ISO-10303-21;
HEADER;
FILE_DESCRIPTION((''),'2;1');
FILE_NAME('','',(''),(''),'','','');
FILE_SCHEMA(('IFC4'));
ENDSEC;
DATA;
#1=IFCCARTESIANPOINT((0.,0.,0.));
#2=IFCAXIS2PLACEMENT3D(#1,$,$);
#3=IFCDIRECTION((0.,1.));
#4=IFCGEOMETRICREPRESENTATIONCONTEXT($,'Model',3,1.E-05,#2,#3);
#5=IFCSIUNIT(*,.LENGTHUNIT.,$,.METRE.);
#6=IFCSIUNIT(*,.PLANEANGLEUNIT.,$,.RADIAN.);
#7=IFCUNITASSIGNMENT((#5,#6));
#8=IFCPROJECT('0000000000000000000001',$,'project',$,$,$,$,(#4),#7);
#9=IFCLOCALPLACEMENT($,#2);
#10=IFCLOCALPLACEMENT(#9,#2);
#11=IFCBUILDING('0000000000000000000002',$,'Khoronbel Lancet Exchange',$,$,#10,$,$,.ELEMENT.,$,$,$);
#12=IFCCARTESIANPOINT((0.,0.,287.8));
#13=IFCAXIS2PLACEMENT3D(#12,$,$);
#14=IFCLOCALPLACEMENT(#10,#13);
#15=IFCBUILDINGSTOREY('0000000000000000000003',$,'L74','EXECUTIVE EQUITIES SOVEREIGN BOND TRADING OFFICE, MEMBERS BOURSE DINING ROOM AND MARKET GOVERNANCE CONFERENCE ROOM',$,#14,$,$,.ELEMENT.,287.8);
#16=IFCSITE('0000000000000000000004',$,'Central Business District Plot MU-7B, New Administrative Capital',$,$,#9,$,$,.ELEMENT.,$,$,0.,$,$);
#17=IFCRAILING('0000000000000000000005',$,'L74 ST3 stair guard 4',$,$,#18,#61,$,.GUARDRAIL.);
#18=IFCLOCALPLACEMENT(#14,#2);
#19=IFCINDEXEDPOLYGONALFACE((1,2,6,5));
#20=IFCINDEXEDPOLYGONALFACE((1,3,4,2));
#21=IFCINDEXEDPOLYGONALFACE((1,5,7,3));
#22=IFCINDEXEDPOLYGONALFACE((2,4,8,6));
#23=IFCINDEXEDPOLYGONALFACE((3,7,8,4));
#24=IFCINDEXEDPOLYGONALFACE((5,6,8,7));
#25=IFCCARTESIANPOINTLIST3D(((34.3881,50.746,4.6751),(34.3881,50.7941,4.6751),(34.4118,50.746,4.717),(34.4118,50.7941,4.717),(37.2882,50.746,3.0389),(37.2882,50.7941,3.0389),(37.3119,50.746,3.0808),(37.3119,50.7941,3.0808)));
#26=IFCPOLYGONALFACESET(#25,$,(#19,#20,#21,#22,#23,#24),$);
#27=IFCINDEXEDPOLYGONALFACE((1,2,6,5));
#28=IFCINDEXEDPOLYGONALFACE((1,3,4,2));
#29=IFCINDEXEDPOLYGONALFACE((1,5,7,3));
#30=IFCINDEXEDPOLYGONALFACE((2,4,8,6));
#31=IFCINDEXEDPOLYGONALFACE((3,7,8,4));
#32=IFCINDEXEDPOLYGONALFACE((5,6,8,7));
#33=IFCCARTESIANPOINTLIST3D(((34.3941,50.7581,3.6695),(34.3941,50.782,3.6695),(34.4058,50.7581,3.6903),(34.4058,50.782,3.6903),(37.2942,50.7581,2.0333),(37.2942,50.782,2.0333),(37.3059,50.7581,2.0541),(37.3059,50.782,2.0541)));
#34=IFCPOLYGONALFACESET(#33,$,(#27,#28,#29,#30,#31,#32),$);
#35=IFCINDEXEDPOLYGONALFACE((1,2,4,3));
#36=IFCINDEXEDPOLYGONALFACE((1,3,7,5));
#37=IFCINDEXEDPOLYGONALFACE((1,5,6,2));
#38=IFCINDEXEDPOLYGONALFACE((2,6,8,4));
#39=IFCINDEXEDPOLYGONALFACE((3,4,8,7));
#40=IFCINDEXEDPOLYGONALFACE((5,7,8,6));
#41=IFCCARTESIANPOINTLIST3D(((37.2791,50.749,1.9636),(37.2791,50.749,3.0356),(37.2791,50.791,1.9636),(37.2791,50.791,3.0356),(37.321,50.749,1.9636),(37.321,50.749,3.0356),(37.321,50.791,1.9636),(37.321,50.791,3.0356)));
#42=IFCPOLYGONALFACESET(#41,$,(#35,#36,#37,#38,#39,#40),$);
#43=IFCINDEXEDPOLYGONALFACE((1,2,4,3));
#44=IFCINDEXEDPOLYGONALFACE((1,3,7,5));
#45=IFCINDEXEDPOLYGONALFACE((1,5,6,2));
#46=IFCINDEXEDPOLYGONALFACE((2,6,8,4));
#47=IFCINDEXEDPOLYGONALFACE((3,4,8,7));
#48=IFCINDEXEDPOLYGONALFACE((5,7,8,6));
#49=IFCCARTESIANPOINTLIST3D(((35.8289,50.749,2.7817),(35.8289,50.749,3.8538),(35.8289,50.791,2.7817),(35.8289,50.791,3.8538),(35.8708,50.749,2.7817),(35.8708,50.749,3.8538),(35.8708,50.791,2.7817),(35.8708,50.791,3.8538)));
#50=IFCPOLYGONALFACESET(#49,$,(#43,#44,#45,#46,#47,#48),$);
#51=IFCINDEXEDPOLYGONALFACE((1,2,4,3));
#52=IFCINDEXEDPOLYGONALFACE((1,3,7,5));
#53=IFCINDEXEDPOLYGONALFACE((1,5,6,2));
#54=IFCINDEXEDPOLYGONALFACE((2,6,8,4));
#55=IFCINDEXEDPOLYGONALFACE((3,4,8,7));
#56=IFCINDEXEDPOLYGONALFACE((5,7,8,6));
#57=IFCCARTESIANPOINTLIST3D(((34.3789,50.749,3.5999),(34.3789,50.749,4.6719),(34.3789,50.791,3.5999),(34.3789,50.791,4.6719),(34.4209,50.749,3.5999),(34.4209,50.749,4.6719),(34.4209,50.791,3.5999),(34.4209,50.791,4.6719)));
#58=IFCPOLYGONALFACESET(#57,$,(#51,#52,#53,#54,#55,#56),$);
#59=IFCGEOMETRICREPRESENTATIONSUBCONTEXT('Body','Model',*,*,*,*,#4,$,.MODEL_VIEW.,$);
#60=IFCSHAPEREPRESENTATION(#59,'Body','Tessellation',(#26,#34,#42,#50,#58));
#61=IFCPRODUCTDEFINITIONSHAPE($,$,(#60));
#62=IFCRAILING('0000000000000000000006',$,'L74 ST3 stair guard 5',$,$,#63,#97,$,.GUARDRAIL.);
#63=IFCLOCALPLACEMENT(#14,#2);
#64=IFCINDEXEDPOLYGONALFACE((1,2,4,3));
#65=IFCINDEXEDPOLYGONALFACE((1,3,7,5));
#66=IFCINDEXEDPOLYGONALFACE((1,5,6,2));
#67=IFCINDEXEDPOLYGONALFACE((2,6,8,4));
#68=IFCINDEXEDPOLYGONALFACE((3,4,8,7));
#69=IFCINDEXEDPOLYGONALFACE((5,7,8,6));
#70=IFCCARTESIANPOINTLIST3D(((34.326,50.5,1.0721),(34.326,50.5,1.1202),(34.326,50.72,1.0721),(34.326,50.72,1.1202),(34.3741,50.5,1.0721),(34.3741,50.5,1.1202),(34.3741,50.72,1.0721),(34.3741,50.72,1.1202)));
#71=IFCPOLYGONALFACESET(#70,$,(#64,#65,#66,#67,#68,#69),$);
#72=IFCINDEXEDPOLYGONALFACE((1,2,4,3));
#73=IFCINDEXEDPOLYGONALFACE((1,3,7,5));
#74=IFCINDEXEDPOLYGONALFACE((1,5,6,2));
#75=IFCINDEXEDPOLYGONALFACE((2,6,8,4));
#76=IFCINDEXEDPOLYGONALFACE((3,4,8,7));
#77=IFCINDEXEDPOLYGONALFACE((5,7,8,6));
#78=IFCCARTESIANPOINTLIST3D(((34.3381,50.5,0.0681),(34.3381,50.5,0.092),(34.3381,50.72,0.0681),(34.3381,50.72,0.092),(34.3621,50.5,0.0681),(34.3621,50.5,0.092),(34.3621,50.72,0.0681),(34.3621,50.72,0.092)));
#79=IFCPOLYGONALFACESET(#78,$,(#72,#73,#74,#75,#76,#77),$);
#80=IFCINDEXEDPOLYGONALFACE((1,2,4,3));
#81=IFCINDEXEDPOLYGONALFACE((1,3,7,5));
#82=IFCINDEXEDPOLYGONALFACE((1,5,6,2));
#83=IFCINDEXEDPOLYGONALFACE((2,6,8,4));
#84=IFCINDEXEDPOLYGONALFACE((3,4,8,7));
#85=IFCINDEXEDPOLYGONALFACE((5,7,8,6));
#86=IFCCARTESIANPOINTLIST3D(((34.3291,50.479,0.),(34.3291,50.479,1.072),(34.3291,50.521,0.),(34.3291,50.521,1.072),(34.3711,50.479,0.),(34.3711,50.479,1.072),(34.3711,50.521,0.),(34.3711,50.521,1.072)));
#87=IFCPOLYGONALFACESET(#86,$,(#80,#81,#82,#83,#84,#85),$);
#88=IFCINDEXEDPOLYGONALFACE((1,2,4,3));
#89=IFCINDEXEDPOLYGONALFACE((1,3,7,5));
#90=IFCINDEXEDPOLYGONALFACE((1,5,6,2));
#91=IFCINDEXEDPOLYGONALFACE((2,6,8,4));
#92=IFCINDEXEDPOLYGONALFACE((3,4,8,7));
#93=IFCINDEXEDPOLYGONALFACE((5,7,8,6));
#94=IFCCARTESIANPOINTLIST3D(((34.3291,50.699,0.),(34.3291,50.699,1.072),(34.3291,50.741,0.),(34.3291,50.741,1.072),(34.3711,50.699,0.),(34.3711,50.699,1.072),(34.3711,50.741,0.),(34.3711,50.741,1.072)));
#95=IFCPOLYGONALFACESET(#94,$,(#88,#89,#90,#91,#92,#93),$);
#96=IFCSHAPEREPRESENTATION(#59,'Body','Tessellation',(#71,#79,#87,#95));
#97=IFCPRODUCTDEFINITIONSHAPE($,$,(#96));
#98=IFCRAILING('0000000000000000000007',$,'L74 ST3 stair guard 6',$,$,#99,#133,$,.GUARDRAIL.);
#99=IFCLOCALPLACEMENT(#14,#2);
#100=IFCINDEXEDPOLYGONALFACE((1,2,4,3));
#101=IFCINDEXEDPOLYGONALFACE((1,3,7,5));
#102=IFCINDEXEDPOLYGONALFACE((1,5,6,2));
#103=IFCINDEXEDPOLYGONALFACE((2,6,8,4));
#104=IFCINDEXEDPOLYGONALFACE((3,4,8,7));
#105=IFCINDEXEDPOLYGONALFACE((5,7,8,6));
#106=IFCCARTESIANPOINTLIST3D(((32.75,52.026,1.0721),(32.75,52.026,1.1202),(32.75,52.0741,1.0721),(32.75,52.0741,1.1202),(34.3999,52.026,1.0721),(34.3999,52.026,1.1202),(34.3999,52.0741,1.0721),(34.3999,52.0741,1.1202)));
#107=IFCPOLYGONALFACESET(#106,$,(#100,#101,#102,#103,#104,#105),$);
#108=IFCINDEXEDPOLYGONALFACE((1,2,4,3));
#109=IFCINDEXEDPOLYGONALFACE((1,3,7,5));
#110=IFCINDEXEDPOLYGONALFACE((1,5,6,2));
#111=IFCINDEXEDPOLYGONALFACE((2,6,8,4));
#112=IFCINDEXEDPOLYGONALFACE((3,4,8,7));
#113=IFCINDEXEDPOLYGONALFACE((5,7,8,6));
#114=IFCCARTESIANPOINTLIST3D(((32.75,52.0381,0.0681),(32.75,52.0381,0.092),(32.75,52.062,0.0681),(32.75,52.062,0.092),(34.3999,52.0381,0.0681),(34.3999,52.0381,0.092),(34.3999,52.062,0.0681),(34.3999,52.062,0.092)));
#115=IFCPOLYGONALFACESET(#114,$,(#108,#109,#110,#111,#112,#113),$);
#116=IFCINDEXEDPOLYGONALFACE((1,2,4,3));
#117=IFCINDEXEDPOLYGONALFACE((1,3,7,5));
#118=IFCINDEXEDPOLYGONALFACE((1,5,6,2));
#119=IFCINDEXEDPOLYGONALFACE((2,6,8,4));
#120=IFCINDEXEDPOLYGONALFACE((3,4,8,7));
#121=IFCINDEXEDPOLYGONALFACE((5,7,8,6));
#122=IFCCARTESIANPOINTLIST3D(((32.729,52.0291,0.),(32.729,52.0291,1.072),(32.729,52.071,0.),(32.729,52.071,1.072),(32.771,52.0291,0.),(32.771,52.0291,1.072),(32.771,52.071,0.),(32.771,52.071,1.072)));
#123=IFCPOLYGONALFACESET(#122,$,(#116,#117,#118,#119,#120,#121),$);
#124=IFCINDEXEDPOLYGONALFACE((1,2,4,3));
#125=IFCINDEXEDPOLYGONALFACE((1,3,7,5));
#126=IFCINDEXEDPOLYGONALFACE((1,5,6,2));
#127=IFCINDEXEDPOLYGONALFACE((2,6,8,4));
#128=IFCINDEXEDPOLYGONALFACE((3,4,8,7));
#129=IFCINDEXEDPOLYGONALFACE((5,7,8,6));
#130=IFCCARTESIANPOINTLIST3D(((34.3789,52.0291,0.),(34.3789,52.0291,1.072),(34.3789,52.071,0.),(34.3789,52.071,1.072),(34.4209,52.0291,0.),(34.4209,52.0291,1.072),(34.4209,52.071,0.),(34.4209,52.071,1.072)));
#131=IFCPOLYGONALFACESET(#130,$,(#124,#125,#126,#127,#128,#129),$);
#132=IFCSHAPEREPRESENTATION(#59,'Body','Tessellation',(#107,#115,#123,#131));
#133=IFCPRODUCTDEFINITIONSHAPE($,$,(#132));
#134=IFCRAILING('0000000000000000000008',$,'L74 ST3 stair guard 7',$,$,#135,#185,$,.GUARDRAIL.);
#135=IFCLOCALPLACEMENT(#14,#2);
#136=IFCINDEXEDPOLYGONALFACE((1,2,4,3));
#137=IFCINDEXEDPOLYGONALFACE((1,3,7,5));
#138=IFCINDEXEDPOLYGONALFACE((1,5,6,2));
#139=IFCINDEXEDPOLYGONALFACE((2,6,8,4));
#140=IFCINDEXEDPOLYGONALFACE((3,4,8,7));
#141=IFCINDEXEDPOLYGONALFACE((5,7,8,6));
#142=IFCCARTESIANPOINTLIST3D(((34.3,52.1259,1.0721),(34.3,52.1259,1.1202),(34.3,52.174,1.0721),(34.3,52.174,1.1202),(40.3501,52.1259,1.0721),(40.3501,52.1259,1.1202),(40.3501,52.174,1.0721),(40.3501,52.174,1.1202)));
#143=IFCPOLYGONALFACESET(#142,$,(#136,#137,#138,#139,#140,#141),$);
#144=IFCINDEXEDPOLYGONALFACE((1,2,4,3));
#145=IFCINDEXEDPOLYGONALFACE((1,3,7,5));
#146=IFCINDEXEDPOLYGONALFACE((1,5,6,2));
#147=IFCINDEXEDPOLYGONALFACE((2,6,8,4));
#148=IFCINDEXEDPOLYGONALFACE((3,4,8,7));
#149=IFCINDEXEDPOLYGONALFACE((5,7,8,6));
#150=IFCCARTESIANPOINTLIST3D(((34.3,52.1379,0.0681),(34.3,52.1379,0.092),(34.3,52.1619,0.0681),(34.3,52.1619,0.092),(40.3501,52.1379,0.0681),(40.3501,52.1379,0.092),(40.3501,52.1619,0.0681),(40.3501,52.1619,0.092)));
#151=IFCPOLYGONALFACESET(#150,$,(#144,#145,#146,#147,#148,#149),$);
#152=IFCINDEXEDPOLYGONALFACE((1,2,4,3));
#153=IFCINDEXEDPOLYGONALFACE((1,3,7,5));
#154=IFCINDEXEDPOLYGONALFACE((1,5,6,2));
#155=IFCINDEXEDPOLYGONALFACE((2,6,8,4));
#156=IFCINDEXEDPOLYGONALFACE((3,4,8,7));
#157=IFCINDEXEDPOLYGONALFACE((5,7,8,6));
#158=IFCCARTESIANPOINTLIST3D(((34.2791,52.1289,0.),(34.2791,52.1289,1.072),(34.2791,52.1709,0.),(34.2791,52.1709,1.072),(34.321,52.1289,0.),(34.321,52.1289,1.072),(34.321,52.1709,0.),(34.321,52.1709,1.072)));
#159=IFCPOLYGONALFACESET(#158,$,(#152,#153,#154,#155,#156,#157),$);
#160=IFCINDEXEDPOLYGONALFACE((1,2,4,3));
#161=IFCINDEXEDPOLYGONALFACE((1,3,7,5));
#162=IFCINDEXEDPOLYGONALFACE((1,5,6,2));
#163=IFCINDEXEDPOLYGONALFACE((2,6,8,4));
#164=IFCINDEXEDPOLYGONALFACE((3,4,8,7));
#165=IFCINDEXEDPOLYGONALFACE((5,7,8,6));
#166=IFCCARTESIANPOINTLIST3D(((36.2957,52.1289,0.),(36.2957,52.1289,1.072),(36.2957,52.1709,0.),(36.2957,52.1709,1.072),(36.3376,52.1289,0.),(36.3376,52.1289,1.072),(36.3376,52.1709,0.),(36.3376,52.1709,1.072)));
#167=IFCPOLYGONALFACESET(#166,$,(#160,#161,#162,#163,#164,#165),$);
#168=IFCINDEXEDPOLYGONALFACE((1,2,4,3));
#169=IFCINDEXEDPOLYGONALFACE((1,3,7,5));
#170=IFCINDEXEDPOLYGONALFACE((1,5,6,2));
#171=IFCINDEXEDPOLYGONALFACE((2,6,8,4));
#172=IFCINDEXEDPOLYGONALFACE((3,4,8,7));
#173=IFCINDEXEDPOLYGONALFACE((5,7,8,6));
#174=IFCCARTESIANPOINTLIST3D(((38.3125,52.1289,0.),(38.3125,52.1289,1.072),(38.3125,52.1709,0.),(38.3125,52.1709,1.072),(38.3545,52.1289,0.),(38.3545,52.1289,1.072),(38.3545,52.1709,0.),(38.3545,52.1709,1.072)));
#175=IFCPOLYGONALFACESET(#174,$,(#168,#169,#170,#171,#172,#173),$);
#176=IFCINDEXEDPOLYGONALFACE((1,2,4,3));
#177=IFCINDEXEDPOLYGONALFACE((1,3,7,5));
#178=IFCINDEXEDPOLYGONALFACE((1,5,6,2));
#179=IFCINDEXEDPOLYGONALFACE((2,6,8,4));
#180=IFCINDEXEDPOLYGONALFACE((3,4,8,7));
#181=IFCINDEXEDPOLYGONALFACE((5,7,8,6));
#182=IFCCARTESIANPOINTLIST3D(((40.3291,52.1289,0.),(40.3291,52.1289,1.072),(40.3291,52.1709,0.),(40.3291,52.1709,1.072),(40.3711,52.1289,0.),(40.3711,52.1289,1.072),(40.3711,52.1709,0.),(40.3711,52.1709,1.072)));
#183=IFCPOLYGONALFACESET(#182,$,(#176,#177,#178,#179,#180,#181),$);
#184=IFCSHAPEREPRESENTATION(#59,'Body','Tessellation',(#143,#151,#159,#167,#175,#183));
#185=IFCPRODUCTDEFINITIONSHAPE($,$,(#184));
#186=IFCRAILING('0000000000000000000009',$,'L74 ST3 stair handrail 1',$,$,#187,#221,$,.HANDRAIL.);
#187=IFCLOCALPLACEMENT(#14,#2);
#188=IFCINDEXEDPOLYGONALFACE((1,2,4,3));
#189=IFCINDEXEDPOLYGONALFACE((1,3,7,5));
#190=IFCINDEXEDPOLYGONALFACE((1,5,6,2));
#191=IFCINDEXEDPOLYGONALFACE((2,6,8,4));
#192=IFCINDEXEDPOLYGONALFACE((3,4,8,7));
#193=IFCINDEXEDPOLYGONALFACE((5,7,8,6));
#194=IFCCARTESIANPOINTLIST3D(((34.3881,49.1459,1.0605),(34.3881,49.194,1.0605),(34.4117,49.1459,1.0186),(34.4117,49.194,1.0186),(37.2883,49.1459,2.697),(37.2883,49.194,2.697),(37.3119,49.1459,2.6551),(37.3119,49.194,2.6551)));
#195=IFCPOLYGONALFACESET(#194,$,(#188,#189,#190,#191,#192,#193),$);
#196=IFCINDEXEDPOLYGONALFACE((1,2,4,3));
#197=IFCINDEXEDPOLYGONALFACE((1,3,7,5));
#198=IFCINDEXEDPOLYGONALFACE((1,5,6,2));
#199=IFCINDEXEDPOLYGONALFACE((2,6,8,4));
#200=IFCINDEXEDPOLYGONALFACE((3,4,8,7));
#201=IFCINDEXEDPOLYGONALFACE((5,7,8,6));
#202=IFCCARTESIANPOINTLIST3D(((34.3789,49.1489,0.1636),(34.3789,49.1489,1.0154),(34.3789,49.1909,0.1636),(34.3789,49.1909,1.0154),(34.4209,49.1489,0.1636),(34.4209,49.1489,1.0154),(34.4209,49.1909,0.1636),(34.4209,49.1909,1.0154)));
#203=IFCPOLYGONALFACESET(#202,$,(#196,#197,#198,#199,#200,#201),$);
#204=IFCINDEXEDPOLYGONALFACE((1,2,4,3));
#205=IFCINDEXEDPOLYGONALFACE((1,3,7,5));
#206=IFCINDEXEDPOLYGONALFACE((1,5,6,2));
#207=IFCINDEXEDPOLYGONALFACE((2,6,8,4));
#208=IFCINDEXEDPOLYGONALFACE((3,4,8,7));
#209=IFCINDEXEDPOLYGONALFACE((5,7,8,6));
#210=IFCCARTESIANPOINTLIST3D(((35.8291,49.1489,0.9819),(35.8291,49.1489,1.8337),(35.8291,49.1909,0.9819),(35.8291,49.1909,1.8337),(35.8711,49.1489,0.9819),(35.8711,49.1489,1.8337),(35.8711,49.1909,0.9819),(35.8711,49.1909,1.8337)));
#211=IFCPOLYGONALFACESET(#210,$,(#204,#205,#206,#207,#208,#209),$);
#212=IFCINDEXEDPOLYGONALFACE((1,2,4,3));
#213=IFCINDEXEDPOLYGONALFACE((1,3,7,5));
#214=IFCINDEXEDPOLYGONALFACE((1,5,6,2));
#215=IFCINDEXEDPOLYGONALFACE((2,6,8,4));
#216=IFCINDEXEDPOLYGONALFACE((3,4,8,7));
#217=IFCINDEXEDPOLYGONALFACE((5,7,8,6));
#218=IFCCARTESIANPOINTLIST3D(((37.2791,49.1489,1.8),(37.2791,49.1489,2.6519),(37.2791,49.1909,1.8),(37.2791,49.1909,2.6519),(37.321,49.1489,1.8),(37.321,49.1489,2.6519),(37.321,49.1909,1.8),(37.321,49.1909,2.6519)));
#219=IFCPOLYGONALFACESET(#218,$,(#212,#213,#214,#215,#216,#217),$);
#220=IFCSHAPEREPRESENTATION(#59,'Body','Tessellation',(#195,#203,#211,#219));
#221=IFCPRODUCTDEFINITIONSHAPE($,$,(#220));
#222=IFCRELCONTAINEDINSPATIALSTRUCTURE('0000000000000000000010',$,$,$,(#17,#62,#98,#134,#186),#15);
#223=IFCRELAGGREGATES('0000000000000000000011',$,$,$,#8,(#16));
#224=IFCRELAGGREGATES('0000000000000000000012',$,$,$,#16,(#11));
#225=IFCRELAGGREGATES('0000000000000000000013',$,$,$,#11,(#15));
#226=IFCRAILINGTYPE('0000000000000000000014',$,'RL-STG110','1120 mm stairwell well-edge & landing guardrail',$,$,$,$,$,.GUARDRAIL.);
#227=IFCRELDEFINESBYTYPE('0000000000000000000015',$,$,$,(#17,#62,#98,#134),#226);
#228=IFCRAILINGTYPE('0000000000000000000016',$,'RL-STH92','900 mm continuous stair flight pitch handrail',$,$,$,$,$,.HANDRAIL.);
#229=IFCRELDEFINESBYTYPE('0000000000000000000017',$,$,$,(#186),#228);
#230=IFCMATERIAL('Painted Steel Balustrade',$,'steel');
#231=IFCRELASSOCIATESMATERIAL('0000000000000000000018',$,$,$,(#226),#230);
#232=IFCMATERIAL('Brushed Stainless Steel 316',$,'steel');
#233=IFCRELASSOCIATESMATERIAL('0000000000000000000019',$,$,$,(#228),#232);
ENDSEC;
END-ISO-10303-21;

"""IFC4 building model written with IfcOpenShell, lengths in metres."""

from ifc_helpers import new_model, si_unit, direction, frame, origin, origin_2d, place, context, subcontext, project, spatial, rectangle, extrude, material, type_object, element, save


model = new_model("IFC4")

# Units and contexts
model_context = context("Model", 3, precision=1e-05, world=origin(), true_north=direction((0.0, 1.0)))
body_context = subcontext(model_context, "Body", "Model", "MODEL_VIEW")
ifc_project = project(units=[si_unit("LENGTHUNIT", "METRE"), si_unit("PLANEANGLEUNIT", "RADIAN")], contexts=[model_context])

# Site, building, storey
site_placement = place(None, origin())
site = spatial("IfcSite", under=ifc_project, at=site_placement, Name="Central Business District Plot MU-7B, New Administrative Capital", CompositionType="ELEMENT", RefElevation=0.0)
building_placement = place(site_placement, origin())
building = spatial("IfcBuilding", under=site, at=building_placement, Name="Khoronbel Lancet Exchange", CompositionType="ELEMENT")
storey_placement = place(building_placement, frame((0.0, 0.0, 287.8)))
storey = spatial("IfcBuildingStorey", under=building, at=storey_placement, Name="L74", Description="EXECUTIVE EQUITIES SOVEREIGN BOND TRADING OFFICE, MEMBERS BOURSE DINING ROOM AND MARKET GOVERNANCE CONFERENCE ROOM", CompositionType="ELEMENT", Elevation=287.8)

# Railings
ifc_material_1 = material(Name="Painted Steel Balustrade", Category="steel")
railing_type_1 = type_object("IfcRailingType", Name="RL-STG110", Description="1120 mm stairwell well-edge & landing guardrail", PredefinedType="GUARDRAIL", material=ifc_material_1)
railing_1_placement = place(storey_placement, frame((37.3, 50.77, 1.9636)))
element("IfcRailing", 1, at=railing_1_placement, inside=storey, type_object=railing_type_1, Name="L74 ST3 stair guard 4", PredefinedType="GUARDRAIL", context=body_context, shape_type="SweptSolid", body=[
    extrude(rectangle(XDim=0.0481, YDim=0.0481, at=origin_2d()), frame((0.0, 0.0, 1.0962), z_axis=(-0.870946, 0.0, 0.491378), x_axis=(0.0, -1.0, 0.0)), (0.0, 0.0, 1.0), 3.3298),
    extrude(rectangle(XDim=0.0239, YDim=0.0239, at=origin_2d()), frame((0.0, 0.0, 0.0801), z_axis=(-0.870946, 0.0, 0.491378), x_axis=(0.0, -1.0, 0.0)), (0.0, 0.0, 1.0), 3.3298),
    extrude(rectangle(XDim=0.042, YDim=0.042, at=origin_2d()), origin(), (0.0, 0.0, 1.0), 1.072),
    extrude(rectangle(XDim=0.042, YDim=0.042, at=origin_2d()), frame((-1.4502, 0.0, 0.8181)), (0.0, 0.0, 1.0), 1.072),
    extrude(rectangle(XDim=0.042, YDim=0.042, at=origin_2d()), frame((-2.9001, 0.0, 1.6362)), (0.0, 0.0, 1.0), 1.072),
])
railing_2_placement = place(storey_placement, frame((34.3501, 50.5, 0.0)))
element("IfcRailing", 2, at=railing_2_placement, inside=storey, type_object=railing_type_1, Name="L74 ST3 stair guard 5", PredefinedType="GUARDRAIL", context=body_context, shape_type="SweptSolid", body=[
    extrude(rectangle(XDim=0.0481, YDim=0.0481, at=origin_2d()), frame((0.0, 0.0, 1.0962), z_axis=(0.0, 1.0, 0.0), x_axis=(-1.0, 0.0, 0.0)), (0.0, 0.0, 1.0), 0.22),
    extrude(rectangle(XDim=0.0239, YDim=0.0239, at=origin_2d()), frame((0.0, 0.0, 0.0801), z_axis=(0.0, 1.0, 0.0), x_axis=(-1.0, 0.0, 0.0)), (0.0, 0.0, 1.0), 0.22),
    extrude(rectangle(XDim=0.042, YDim=0.042, at=origin_2d()), origin(), (0.0, 0.0, 1.0), 1.072),
    extrude(rectangle(XDim=0.042, YDim=0.042, at=origin_2d()), frame((0.0, 0.22, 0.0)), (0.0, 0.0, 1.0), 1.072),
])
railing_3_placement = place(storey_placement, frame((32.75, 52.05, 0.0)))
element("IfcRailing", 3, at=railing_3_placement, inside=storey, type_object=railing_type_1, Name="L74 ST3 stair guard 6", PredefinedType="GUARDRAIL", context=body_context, shape_type="SweptSolid", body=[
    extrude(rectangle(XDim=0.0481, YDim=0.0481, at=origin_2d()), frame((0.0, 0.0, 1.0962), z_axis=(1.0, 0.0, 0.0), x_axis=(0.0, 1.0, 0.0)), (0.0, 0.0, 1.0), 1.6499),
    extrude(rectangle(XDim=0.0239, YDim=0.0239, at=origin_2d()), frame((0.0, 0.0, 0.0801), z_axis=(1.0, 0.0, 0.0), x_axis=(0.0, 1.0, 0.0)), (0.0, 0.0, 1.0), 1.6499),
    extrude(rectangle(XDim=0.042, YDim=0.042, at=origin_2d()), origin(), (0.0, 0.0, 1.0), 1.072),
    extrude(rectangle(XDim=0.042, YDim=0.042, at=origin_2d()), frame((1.6499, 0.0, 0.0)), (0.0, 0.0, 1.0), 1.072),
])
railing_4_placement = place(storey_placement, frame((34.3, 52.1499, 0.0)))
element("IfcRailing", 4, at=railing_4_placement, inside=storey, type_object=railing_type_1, Name="L74 ST3 stair guard 7", PredefinedType="GUARDRAIL", context=body_context, shape_type="SweptSolid", body=[
    extrude(rectangle(XDim=0.0481, YDim=0.0481, at=origin_2d()), frame((0.0, 0.0, 1.0962), z_axis=(1.0, 0.0, 0.0), x_axis=(0.0, 1.0, 0.0)), (0.0, 0.0, 1.0), 6.05),
    extrude(rectangle(XDim=0.0239, YDim=0.0239, at=origin_2d()), frame((0.0, 0.0, 0.0801), z_axis=(1.0, 0.0, 0.0), x_axis=(0.0, 1.0, 0.0)), (0.0, 0.0, 1.0), 6.05),
    extrude(rectangle(XDim=0.042, YDim=0.042, at=origin_2d()), origin(), (0.0, 0.0, 1.0), 1.072),
    extrude(rectangle(XDim=0.042, YDim=0.042, at=origin_2d()), frame((2.0166, 0.0, 0.0)), (0.0, 0.0, 1.0), 1.072),
    extrude(rectangle(XDim=0.042, YDim=0.042, at=origin_2d()), frame((4.0334, 0.0, 0.0)), (0.0, 0.0, 1.0), 1.072),
    extrude(rectangle(XDim=0.042, YDim=0.042, at=origin_2d()), frame((6.05, 0.0, 0.0)), (0.0, 0.0, 1.0), 1.072),
])
ifc_material_2 = material(Name="Brushed Stainless Steel 316", Category="steel")
railing_type_2 = type_object("IfcRailingType", Name="RL-STH92", Description="900 mm continuous stair flight pitch handrail", PredefinedType="HANDRAIL", material=ifc_material_2)
railing_5_placement = place(storey_placement, frame((34.3999, 49.1699, 0.1636)))
element("IfcRailing", 5, at=railing_5_placement, inside=storey, type_object=railing_type_2, Name="L74 ST3 stair handrail 1", PredefinedType="HANDRAIL", context=body_context, shape_type="SweptSolid", body=[
    extrude(rectangle(XDim=0.0481, YDim=0.0481, at=origin_2d()), frame((0.0, 0.0, 0.876), z_axis=(0.870915, 0.0, 0.491434), x_axis=(0.0, 1.0, 0.0)), (0.0, 0.0, 1.0), 3.3301),
    extrude(rectangle(XDim=0.042, YDim=0.042, at=origin_2d()), origin(), (0.0, 0.0, 1.0), 0.8518),
    extrude(rectangle(XDim=0.042, YDim=0.042, at=origin_2d()), frame((1.4502, 0.0, 0.8184)), (0.0, 0.0, 1.0), 0.8518),
    extrude(rectangle(XDim=0.042, YDim=0.042, at=origin_2d()), frame((2.9001, 0.0, 1.6365)), (0.0, 0.0, 1.0), 0.8518),
])

save(model, "model.ifc")
